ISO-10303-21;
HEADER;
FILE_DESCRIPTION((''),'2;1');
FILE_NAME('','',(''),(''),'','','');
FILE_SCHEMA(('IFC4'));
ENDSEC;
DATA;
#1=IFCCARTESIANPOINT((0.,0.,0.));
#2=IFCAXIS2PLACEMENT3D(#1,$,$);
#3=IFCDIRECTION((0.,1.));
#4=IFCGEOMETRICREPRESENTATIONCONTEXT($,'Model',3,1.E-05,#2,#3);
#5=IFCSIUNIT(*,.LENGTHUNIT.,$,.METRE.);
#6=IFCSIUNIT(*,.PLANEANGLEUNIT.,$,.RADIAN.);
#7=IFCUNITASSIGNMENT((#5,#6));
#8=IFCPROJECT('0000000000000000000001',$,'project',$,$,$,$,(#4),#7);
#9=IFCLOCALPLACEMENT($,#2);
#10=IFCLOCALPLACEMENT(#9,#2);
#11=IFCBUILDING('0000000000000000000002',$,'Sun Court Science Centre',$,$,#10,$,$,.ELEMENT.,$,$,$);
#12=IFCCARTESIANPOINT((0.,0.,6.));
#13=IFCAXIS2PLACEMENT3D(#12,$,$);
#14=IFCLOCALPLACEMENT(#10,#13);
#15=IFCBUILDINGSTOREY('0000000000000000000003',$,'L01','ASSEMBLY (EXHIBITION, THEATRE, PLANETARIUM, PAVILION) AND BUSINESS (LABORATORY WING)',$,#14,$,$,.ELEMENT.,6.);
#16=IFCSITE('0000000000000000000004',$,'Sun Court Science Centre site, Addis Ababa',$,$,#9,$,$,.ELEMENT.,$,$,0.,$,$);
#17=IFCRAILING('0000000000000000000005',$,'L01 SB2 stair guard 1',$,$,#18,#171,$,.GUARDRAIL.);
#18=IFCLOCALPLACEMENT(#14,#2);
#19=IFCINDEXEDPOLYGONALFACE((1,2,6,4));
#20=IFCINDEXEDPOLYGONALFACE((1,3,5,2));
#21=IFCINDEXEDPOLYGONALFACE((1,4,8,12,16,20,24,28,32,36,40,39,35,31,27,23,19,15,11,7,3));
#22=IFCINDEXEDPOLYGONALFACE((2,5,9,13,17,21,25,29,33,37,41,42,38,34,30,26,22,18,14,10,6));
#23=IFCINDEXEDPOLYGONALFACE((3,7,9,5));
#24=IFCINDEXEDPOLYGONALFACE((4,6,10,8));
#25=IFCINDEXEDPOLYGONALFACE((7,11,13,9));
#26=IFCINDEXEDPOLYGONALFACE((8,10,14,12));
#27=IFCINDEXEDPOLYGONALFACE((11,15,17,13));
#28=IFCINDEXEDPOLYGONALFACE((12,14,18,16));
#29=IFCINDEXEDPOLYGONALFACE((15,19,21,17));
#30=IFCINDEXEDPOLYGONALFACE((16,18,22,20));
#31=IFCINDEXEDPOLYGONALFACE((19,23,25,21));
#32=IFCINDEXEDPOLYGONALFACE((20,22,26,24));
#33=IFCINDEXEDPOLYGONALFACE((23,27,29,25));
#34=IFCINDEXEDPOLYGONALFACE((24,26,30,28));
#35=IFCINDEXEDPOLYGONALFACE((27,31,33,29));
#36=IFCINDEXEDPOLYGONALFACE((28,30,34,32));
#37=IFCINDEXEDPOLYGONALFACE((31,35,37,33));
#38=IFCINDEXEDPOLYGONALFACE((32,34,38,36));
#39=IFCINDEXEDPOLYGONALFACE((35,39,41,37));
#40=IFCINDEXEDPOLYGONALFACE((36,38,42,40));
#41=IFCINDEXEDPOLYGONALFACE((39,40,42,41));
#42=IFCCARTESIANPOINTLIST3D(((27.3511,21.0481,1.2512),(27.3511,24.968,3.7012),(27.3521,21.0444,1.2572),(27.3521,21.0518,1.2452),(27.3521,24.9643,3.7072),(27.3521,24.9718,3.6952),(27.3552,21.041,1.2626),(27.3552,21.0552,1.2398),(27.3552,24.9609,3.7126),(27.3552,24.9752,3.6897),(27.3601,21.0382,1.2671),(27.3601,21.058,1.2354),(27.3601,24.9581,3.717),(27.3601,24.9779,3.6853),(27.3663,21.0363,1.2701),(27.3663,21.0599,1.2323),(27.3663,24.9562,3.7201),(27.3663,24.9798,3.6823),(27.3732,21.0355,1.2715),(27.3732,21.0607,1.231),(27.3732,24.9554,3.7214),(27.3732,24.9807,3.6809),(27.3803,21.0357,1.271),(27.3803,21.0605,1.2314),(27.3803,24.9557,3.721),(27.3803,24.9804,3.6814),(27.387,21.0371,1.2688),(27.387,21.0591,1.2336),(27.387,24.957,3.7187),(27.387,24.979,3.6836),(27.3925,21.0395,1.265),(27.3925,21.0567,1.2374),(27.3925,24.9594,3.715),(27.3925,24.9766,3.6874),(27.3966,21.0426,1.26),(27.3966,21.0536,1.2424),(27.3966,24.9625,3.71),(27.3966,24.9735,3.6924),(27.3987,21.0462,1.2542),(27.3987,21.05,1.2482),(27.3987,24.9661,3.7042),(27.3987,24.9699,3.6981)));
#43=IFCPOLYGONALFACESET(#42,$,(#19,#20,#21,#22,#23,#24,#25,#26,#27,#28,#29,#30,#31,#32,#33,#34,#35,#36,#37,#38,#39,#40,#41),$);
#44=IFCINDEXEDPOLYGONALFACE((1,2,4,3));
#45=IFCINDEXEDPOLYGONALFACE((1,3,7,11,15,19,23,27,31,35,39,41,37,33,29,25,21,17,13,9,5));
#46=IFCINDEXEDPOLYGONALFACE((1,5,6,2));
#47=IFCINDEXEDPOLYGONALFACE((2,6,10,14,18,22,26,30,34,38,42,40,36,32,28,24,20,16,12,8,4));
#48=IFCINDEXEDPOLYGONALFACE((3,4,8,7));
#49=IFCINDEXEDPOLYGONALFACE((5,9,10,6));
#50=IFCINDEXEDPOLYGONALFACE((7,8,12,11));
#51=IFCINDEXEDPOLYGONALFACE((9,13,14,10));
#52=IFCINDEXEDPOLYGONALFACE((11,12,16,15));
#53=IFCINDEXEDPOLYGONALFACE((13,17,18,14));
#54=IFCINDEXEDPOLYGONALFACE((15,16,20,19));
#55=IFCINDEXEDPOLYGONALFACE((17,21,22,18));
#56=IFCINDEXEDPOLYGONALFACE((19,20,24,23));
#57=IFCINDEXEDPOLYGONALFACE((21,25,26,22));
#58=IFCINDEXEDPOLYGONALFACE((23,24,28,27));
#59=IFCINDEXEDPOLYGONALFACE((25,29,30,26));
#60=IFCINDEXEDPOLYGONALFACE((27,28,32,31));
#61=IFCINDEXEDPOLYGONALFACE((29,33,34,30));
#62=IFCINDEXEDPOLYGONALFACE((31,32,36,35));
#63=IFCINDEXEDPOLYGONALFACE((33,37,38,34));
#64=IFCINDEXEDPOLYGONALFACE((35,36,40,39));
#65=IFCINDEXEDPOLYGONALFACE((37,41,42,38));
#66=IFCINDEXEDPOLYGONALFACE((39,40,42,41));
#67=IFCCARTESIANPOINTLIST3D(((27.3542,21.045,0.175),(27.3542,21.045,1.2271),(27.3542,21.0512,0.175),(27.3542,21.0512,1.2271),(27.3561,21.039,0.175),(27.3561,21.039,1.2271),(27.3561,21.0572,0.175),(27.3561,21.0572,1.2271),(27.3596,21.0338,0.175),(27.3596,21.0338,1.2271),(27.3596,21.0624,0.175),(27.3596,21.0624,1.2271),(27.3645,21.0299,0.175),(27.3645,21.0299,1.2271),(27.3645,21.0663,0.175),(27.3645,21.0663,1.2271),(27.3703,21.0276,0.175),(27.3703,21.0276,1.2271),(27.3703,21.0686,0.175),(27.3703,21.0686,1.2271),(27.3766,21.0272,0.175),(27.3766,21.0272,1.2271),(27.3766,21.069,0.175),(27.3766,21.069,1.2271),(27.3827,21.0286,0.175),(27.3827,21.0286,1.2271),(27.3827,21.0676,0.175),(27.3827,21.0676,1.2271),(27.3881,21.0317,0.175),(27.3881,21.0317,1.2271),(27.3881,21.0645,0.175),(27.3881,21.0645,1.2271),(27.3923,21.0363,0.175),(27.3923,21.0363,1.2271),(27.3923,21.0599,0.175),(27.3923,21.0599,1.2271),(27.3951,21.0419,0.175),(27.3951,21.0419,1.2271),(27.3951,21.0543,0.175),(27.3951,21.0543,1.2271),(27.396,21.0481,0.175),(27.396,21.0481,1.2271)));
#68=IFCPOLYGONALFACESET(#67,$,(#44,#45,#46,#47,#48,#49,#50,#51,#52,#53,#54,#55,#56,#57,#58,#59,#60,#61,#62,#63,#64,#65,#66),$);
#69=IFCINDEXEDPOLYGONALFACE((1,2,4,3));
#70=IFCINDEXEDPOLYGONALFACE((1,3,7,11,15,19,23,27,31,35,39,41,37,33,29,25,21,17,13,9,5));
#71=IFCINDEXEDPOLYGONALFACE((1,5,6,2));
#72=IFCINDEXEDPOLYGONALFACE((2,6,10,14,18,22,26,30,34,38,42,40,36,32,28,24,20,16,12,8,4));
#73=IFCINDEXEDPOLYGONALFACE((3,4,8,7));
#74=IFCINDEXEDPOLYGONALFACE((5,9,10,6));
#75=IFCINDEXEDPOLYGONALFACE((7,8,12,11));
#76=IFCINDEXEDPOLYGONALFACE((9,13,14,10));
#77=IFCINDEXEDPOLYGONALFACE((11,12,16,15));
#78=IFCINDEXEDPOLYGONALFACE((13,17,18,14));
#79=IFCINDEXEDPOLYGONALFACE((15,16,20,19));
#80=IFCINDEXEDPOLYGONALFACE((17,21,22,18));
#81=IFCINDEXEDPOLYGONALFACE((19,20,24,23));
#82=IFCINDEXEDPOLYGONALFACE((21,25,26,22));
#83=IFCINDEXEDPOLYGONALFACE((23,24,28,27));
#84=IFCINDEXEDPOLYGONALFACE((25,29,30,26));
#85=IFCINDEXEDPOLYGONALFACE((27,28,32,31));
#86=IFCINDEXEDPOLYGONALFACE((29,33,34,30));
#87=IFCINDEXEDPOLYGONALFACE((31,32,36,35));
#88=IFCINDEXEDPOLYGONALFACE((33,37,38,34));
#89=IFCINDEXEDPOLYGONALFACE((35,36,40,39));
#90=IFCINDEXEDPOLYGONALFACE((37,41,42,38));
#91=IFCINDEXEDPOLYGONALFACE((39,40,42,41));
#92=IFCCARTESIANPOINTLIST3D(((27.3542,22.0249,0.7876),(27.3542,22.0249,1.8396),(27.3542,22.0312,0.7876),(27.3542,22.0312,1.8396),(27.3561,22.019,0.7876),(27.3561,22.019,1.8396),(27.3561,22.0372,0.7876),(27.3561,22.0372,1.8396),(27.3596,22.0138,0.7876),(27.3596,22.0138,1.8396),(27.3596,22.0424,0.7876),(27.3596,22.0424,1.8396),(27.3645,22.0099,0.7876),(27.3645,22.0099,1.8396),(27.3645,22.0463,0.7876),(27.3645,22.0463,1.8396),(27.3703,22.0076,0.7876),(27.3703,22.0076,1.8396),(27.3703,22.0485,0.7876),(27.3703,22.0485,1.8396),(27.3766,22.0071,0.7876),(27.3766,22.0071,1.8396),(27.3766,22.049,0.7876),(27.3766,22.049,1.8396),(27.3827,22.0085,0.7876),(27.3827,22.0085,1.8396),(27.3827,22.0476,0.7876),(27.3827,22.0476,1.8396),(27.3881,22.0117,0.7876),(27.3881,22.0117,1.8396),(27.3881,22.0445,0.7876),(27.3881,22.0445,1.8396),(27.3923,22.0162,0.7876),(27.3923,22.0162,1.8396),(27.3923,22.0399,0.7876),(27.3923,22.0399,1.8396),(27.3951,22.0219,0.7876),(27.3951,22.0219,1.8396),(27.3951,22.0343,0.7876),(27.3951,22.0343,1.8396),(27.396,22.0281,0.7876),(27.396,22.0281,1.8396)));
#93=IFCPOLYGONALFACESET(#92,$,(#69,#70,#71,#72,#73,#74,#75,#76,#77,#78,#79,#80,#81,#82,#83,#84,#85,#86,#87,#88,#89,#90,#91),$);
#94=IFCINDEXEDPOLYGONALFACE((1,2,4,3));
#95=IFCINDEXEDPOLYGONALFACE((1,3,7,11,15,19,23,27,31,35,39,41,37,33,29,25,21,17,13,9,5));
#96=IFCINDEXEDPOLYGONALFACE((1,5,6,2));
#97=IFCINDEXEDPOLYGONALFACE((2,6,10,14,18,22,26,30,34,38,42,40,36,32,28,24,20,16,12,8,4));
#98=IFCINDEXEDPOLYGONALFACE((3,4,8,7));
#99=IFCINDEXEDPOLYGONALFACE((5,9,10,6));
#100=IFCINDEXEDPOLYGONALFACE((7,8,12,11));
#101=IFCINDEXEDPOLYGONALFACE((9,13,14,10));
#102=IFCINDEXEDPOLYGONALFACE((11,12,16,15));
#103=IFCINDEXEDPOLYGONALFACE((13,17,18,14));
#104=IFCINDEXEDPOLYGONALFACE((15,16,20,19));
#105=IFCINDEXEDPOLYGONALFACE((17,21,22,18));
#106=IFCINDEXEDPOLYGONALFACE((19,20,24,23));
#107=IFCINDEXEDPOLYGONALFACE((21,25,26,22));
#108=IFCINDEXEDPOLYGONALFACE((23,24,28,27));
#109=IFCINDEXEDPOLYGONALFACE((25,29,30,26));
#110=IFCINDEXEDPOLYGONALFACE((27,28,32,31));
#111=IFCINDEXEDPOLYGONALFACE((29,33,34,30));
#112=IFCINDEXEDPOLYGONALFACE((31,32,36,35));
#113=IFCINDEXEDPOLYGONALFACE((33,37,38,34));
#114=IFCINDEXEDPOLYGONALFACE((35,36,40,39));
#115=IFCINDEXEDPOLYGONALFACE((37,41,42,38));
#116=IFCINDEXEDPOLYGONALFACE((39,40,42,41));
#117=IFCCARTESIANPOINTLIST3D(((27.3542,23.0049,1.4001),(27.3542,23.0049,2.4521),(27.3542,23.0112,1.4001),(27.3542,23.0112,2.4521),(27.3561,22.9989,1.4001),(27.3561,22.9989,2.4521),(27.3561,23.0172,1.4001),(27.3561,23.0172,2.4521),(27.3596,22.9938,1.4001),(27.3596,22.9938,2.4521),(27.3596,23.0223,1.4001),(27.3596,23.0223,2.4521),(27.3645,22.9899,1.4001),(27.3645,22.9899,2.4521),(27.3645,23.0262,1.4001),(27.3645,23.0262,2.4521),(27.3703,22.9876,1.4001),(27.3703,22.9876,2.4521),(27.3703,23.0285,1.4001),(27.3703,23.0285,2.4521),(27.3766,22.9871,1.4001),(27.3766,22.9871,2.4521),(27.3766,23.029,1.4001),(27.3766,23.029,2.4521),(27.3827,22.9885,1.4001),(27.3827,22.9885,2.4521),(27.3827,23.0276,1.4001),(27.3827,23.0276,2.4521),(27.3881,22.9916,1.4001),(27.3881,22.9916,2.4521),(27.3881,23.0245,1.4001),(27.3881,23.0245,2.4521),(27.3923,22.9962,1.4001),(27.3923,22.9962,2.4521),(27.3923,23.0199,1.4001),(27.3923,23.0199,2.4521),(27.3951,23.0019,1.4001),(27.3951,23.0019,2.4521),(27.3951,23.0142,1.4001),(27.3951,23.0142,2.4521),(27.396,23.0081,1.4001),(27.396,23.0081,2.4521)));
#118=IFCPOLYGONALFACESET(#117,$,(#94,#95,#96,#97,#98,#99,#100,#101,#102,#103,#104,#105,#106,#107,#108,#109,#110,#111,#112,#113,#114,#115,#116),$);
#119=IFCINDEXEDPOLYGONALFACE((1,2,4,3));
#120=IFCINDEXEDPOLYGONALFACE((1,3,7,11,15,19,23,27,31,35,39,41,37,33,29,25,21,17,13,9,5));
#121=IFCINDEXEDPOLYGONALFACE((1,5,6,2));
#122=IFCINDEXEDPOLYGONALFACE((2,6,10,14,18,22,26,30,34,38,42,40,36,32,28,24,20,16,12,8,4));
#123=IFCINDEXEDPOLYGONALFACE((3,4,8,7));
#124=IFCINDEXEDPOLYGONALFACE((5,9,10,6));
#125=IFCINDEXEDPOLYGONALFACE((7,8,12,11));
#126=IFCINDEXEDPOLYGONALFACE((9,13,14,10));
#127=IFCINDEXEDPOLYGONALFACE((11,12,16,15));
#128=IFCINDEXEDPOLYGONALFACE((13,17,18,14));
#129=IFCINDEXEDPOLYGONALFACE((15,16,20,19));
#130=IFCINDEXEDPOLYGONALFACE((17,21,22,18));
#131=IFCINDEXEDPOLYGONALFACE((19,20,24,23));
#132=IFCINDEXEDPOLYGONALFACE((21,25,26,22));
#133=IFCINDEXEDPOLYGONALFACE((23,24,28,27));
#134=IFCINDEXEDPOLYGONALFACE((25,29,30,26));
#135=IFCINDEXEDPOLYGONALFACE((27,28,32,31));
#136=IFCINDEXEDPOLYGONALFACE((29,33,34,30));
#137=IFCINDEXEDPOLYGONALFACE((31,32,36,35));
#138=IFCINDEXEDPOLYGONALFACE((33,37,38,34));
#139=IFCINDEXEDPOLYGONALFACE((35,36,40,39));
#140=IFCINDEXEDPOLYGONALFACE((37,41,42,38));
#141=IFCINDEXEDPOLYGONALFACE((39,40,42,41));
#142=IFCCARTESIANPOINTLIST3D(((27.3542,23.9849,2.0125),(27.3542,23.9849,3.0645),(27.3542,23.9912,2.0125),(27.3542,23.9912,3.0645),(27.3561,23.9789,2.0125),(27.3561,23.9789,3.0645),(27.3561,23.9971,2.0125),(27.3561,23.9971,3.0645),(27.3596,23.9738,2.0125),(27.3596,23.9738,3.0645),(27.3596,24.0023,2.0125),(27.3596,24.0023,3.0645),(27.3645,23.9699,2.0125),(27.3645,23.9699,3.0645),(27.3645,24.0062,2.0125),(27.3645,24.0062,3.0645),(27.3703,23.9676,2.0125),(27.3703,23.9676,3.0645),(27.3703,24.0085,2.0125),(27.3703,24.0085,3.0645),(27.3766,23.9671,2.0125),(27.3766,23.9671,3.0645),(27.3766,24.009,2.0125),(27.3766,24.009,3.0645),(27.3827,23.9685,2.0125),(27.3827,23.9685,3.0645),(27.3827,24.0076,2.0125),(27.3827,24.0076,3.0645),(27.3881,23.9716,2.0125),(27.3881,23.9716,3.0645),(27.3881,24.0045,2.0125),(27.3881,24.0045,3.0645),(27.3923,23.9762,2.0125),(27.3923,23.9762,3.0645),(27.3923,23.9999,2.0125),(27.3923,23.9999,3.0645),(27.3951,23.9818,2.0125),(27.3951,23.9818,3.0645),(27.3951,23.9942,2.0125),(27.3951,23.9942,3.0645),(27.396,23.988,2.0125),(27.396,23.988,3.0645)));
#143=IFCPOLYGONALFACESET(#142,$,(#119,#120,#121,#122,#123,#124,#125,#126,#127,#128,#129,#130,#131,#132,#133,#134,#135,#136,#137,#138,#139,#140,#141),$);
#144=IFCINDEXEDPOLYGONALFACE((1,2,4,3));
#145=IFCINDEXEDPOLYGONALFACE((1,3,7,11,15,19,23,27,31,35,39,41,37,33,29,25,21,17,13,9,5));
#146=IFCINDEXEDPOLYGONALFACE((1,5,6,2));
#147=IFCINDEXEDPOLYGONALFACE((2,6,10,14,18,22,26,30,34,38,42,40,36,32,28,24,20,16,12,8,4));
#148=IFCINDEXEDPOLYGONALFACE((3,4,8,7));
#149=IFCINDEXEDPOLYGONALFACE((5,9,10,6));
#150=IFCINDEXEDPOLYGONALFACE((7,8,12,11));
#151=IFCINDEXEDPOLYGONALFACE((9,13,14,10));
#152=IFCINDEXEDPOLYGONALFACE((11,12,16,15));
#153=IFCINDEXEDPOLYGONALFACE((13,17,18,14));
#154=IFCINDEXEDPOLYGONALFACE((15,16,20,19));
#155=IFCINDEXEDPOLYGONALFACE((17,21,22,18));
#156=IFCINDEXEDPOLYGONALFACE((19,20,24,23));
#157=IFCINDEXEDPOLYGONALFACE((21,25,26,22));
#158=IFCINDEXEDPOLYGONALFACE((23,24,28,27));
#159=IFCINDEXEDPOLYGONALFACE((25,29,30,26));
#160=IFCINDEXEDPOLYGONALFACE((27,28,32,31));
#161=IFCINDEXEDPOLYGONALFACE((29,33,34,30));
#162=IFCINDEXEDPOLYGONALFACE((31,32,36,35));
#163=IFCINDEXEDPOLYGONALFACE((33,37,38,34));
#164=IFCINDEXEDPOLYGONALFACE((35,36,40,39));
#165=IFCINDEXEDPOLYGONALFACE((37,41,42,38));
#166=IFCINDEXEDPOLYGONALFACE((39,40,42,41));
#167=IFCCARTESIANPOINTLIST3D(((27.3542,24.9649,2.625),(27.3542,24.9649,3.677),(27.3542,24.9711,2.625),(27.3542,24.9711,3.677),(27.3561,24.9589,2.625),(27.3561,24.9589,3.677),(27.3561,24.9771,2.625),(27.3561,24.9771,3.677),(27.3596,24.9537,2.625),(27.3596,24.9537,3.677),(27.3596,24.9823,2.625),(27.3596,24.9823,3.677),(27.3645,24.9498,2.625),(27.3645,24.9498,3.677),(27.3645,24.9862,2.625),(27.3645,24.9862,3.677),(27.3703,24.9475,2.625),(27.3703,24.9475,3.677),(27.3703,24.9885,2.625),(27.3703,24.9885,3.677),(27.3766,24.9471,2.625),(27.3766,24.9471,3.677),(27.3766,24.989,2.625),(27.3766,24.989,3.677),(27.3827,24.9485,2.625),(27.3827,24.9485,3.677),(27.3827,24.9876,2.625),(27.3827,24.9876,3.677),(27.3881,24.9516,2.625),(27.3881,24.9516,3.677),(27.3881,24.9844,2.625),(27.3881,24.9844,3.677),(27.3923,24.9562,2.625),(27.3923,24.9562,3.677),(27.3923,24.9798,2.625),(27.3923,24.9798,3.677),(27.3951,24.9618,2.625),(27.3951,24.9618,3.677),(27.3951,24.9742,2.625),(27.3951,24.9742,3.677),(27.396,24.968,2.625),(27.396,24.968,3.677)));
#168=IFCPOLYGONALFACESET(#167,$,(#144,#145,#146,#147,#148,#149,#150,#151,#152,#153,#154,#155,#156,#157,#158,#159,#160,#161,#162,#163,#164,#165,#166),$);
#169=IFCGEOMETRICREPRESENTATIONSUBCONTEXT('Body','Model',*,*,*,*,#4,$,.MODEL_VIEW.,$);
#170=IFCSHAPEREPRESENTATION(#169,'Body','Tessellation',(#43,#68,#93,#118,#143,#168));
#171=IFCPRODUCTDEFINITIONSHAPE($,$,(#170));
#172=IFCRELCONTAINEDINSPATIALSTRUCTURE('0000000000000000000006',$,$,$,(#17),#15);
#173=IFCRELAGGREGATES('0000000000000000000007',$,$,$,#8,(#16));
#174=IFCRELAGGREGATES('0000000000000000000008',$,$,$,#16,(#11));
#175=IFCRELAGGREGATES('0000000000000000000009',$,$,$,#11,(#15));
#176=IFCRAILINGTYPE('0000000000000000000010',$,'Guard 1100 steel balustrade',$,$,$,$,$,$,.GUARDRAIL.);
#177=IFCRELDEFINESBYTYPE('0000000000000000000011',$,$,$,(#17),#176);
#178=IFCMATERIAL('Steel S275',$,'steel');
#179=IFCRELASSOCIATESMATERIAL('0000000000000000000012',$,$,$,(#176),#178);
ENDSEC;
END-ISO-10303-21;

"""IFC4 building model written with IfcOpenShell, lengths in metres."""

from ifc_helpers import new_model, si_unit, direction, frame, origin, origin_2d, place, context, subcontext, project, spatial, circle, extrude, material, type_object, element, save


model = new_model("IFC4")

# Units and contexts
model_context = context("Model", 3, precision=1e-05, world=origin(), true_north=direction((0.0, 1.0)))
body_context = subcontext(model_context, "Body", "Model", "MODEL_VIEW")
ifc_project = project(units=[si_unit("LENGTHUNIT", "METRE"), si_unit("PLANEANGLEUNIT", "RADIAN")], contexts=[model_context])

# Site, building, storey
site_placement = place(None, origin())
site = spatial("IfcSite", under=ifc_project, at=site_placement, Name="Sun Court Science Centre site, Addis Ababa", CompositionType="ELEMENT", RefElevation=0.0)
building_placement = place(site_placement, origin())
building = spatial("IfcBuilding", under=site, at=building_placement, Name="Sun Court Science Centre", CompositionType="ELEMENT")
storey_placement = place(building_placement, frame((0.0, 0.0, 6.0)))
storey = spatial("IfcBuildingStorey", under=building, at=storey_placement, Name="L01", Description="ASSEMBLY (EXHIBITION, THEATRE, PLANETARIUM, PAVILION) AND BUSINESS (LABORATORY WING)", CompositionType="ELEMENT", Elevation=6.0)

# Railing
ifc_material_1 = material(Name="Steel S275", Category="steel")
railing_type_1 = type_object("IfcRailingType", Name="Guard 1100 steel balustrade", PredefinedType="GUARDRAIL", material=ifc_material_1)
railing_1_placement = place(storey_placement, frame((27.375, 21.0481, 0.175)))
element("IfcRailing", 1, at=railing_1_placement, inside=storey, type_object=railing_type_1, Name="L01 SB2 stair guard 1", PredefinedType="GUARDRAIL", context=body_context, shape_type="SweptSolid", body=[
    extrude(circle(Radius=0.0239, at=origin_2d()), frame((0.0, 0.0, 1.0762), z_axis=(0.0, 0.847998, 0.529999), x_axis=(-1.0, 0.0, 0.0)), (0.0, 0.0, 1.0), 4.6226),
    extrude(circle(Radius=0.021, at=origin_2d()), origin(), (0.0, 0.0, 1.0), 1.052),
    extrude(circle(Radius=0.021, at=origin_2d()), frame((0.0, 0.98, 0.6125)), (0.0, 0.0, 1.0), 1.052),
    extrude(circle(Radius=0.021, at=origin_2d()), frame((0.0, 1.96, 1.2251)), (0.0, 0.0, 1.0), 1.052),
    extrude(circle(Radius=0.021, at=origin_2d()), frame((0.0, 2.9399, 1.8374)), (0.0, 0.0, 1.0), 1.052),
    extrude(circle(Radius=0.021, at=origin_2d()), frame((0.0, 3.9199, 2.45)), (0.0, 0.0, 1.0), 1.052),
])

save(model, "model.ifc")
